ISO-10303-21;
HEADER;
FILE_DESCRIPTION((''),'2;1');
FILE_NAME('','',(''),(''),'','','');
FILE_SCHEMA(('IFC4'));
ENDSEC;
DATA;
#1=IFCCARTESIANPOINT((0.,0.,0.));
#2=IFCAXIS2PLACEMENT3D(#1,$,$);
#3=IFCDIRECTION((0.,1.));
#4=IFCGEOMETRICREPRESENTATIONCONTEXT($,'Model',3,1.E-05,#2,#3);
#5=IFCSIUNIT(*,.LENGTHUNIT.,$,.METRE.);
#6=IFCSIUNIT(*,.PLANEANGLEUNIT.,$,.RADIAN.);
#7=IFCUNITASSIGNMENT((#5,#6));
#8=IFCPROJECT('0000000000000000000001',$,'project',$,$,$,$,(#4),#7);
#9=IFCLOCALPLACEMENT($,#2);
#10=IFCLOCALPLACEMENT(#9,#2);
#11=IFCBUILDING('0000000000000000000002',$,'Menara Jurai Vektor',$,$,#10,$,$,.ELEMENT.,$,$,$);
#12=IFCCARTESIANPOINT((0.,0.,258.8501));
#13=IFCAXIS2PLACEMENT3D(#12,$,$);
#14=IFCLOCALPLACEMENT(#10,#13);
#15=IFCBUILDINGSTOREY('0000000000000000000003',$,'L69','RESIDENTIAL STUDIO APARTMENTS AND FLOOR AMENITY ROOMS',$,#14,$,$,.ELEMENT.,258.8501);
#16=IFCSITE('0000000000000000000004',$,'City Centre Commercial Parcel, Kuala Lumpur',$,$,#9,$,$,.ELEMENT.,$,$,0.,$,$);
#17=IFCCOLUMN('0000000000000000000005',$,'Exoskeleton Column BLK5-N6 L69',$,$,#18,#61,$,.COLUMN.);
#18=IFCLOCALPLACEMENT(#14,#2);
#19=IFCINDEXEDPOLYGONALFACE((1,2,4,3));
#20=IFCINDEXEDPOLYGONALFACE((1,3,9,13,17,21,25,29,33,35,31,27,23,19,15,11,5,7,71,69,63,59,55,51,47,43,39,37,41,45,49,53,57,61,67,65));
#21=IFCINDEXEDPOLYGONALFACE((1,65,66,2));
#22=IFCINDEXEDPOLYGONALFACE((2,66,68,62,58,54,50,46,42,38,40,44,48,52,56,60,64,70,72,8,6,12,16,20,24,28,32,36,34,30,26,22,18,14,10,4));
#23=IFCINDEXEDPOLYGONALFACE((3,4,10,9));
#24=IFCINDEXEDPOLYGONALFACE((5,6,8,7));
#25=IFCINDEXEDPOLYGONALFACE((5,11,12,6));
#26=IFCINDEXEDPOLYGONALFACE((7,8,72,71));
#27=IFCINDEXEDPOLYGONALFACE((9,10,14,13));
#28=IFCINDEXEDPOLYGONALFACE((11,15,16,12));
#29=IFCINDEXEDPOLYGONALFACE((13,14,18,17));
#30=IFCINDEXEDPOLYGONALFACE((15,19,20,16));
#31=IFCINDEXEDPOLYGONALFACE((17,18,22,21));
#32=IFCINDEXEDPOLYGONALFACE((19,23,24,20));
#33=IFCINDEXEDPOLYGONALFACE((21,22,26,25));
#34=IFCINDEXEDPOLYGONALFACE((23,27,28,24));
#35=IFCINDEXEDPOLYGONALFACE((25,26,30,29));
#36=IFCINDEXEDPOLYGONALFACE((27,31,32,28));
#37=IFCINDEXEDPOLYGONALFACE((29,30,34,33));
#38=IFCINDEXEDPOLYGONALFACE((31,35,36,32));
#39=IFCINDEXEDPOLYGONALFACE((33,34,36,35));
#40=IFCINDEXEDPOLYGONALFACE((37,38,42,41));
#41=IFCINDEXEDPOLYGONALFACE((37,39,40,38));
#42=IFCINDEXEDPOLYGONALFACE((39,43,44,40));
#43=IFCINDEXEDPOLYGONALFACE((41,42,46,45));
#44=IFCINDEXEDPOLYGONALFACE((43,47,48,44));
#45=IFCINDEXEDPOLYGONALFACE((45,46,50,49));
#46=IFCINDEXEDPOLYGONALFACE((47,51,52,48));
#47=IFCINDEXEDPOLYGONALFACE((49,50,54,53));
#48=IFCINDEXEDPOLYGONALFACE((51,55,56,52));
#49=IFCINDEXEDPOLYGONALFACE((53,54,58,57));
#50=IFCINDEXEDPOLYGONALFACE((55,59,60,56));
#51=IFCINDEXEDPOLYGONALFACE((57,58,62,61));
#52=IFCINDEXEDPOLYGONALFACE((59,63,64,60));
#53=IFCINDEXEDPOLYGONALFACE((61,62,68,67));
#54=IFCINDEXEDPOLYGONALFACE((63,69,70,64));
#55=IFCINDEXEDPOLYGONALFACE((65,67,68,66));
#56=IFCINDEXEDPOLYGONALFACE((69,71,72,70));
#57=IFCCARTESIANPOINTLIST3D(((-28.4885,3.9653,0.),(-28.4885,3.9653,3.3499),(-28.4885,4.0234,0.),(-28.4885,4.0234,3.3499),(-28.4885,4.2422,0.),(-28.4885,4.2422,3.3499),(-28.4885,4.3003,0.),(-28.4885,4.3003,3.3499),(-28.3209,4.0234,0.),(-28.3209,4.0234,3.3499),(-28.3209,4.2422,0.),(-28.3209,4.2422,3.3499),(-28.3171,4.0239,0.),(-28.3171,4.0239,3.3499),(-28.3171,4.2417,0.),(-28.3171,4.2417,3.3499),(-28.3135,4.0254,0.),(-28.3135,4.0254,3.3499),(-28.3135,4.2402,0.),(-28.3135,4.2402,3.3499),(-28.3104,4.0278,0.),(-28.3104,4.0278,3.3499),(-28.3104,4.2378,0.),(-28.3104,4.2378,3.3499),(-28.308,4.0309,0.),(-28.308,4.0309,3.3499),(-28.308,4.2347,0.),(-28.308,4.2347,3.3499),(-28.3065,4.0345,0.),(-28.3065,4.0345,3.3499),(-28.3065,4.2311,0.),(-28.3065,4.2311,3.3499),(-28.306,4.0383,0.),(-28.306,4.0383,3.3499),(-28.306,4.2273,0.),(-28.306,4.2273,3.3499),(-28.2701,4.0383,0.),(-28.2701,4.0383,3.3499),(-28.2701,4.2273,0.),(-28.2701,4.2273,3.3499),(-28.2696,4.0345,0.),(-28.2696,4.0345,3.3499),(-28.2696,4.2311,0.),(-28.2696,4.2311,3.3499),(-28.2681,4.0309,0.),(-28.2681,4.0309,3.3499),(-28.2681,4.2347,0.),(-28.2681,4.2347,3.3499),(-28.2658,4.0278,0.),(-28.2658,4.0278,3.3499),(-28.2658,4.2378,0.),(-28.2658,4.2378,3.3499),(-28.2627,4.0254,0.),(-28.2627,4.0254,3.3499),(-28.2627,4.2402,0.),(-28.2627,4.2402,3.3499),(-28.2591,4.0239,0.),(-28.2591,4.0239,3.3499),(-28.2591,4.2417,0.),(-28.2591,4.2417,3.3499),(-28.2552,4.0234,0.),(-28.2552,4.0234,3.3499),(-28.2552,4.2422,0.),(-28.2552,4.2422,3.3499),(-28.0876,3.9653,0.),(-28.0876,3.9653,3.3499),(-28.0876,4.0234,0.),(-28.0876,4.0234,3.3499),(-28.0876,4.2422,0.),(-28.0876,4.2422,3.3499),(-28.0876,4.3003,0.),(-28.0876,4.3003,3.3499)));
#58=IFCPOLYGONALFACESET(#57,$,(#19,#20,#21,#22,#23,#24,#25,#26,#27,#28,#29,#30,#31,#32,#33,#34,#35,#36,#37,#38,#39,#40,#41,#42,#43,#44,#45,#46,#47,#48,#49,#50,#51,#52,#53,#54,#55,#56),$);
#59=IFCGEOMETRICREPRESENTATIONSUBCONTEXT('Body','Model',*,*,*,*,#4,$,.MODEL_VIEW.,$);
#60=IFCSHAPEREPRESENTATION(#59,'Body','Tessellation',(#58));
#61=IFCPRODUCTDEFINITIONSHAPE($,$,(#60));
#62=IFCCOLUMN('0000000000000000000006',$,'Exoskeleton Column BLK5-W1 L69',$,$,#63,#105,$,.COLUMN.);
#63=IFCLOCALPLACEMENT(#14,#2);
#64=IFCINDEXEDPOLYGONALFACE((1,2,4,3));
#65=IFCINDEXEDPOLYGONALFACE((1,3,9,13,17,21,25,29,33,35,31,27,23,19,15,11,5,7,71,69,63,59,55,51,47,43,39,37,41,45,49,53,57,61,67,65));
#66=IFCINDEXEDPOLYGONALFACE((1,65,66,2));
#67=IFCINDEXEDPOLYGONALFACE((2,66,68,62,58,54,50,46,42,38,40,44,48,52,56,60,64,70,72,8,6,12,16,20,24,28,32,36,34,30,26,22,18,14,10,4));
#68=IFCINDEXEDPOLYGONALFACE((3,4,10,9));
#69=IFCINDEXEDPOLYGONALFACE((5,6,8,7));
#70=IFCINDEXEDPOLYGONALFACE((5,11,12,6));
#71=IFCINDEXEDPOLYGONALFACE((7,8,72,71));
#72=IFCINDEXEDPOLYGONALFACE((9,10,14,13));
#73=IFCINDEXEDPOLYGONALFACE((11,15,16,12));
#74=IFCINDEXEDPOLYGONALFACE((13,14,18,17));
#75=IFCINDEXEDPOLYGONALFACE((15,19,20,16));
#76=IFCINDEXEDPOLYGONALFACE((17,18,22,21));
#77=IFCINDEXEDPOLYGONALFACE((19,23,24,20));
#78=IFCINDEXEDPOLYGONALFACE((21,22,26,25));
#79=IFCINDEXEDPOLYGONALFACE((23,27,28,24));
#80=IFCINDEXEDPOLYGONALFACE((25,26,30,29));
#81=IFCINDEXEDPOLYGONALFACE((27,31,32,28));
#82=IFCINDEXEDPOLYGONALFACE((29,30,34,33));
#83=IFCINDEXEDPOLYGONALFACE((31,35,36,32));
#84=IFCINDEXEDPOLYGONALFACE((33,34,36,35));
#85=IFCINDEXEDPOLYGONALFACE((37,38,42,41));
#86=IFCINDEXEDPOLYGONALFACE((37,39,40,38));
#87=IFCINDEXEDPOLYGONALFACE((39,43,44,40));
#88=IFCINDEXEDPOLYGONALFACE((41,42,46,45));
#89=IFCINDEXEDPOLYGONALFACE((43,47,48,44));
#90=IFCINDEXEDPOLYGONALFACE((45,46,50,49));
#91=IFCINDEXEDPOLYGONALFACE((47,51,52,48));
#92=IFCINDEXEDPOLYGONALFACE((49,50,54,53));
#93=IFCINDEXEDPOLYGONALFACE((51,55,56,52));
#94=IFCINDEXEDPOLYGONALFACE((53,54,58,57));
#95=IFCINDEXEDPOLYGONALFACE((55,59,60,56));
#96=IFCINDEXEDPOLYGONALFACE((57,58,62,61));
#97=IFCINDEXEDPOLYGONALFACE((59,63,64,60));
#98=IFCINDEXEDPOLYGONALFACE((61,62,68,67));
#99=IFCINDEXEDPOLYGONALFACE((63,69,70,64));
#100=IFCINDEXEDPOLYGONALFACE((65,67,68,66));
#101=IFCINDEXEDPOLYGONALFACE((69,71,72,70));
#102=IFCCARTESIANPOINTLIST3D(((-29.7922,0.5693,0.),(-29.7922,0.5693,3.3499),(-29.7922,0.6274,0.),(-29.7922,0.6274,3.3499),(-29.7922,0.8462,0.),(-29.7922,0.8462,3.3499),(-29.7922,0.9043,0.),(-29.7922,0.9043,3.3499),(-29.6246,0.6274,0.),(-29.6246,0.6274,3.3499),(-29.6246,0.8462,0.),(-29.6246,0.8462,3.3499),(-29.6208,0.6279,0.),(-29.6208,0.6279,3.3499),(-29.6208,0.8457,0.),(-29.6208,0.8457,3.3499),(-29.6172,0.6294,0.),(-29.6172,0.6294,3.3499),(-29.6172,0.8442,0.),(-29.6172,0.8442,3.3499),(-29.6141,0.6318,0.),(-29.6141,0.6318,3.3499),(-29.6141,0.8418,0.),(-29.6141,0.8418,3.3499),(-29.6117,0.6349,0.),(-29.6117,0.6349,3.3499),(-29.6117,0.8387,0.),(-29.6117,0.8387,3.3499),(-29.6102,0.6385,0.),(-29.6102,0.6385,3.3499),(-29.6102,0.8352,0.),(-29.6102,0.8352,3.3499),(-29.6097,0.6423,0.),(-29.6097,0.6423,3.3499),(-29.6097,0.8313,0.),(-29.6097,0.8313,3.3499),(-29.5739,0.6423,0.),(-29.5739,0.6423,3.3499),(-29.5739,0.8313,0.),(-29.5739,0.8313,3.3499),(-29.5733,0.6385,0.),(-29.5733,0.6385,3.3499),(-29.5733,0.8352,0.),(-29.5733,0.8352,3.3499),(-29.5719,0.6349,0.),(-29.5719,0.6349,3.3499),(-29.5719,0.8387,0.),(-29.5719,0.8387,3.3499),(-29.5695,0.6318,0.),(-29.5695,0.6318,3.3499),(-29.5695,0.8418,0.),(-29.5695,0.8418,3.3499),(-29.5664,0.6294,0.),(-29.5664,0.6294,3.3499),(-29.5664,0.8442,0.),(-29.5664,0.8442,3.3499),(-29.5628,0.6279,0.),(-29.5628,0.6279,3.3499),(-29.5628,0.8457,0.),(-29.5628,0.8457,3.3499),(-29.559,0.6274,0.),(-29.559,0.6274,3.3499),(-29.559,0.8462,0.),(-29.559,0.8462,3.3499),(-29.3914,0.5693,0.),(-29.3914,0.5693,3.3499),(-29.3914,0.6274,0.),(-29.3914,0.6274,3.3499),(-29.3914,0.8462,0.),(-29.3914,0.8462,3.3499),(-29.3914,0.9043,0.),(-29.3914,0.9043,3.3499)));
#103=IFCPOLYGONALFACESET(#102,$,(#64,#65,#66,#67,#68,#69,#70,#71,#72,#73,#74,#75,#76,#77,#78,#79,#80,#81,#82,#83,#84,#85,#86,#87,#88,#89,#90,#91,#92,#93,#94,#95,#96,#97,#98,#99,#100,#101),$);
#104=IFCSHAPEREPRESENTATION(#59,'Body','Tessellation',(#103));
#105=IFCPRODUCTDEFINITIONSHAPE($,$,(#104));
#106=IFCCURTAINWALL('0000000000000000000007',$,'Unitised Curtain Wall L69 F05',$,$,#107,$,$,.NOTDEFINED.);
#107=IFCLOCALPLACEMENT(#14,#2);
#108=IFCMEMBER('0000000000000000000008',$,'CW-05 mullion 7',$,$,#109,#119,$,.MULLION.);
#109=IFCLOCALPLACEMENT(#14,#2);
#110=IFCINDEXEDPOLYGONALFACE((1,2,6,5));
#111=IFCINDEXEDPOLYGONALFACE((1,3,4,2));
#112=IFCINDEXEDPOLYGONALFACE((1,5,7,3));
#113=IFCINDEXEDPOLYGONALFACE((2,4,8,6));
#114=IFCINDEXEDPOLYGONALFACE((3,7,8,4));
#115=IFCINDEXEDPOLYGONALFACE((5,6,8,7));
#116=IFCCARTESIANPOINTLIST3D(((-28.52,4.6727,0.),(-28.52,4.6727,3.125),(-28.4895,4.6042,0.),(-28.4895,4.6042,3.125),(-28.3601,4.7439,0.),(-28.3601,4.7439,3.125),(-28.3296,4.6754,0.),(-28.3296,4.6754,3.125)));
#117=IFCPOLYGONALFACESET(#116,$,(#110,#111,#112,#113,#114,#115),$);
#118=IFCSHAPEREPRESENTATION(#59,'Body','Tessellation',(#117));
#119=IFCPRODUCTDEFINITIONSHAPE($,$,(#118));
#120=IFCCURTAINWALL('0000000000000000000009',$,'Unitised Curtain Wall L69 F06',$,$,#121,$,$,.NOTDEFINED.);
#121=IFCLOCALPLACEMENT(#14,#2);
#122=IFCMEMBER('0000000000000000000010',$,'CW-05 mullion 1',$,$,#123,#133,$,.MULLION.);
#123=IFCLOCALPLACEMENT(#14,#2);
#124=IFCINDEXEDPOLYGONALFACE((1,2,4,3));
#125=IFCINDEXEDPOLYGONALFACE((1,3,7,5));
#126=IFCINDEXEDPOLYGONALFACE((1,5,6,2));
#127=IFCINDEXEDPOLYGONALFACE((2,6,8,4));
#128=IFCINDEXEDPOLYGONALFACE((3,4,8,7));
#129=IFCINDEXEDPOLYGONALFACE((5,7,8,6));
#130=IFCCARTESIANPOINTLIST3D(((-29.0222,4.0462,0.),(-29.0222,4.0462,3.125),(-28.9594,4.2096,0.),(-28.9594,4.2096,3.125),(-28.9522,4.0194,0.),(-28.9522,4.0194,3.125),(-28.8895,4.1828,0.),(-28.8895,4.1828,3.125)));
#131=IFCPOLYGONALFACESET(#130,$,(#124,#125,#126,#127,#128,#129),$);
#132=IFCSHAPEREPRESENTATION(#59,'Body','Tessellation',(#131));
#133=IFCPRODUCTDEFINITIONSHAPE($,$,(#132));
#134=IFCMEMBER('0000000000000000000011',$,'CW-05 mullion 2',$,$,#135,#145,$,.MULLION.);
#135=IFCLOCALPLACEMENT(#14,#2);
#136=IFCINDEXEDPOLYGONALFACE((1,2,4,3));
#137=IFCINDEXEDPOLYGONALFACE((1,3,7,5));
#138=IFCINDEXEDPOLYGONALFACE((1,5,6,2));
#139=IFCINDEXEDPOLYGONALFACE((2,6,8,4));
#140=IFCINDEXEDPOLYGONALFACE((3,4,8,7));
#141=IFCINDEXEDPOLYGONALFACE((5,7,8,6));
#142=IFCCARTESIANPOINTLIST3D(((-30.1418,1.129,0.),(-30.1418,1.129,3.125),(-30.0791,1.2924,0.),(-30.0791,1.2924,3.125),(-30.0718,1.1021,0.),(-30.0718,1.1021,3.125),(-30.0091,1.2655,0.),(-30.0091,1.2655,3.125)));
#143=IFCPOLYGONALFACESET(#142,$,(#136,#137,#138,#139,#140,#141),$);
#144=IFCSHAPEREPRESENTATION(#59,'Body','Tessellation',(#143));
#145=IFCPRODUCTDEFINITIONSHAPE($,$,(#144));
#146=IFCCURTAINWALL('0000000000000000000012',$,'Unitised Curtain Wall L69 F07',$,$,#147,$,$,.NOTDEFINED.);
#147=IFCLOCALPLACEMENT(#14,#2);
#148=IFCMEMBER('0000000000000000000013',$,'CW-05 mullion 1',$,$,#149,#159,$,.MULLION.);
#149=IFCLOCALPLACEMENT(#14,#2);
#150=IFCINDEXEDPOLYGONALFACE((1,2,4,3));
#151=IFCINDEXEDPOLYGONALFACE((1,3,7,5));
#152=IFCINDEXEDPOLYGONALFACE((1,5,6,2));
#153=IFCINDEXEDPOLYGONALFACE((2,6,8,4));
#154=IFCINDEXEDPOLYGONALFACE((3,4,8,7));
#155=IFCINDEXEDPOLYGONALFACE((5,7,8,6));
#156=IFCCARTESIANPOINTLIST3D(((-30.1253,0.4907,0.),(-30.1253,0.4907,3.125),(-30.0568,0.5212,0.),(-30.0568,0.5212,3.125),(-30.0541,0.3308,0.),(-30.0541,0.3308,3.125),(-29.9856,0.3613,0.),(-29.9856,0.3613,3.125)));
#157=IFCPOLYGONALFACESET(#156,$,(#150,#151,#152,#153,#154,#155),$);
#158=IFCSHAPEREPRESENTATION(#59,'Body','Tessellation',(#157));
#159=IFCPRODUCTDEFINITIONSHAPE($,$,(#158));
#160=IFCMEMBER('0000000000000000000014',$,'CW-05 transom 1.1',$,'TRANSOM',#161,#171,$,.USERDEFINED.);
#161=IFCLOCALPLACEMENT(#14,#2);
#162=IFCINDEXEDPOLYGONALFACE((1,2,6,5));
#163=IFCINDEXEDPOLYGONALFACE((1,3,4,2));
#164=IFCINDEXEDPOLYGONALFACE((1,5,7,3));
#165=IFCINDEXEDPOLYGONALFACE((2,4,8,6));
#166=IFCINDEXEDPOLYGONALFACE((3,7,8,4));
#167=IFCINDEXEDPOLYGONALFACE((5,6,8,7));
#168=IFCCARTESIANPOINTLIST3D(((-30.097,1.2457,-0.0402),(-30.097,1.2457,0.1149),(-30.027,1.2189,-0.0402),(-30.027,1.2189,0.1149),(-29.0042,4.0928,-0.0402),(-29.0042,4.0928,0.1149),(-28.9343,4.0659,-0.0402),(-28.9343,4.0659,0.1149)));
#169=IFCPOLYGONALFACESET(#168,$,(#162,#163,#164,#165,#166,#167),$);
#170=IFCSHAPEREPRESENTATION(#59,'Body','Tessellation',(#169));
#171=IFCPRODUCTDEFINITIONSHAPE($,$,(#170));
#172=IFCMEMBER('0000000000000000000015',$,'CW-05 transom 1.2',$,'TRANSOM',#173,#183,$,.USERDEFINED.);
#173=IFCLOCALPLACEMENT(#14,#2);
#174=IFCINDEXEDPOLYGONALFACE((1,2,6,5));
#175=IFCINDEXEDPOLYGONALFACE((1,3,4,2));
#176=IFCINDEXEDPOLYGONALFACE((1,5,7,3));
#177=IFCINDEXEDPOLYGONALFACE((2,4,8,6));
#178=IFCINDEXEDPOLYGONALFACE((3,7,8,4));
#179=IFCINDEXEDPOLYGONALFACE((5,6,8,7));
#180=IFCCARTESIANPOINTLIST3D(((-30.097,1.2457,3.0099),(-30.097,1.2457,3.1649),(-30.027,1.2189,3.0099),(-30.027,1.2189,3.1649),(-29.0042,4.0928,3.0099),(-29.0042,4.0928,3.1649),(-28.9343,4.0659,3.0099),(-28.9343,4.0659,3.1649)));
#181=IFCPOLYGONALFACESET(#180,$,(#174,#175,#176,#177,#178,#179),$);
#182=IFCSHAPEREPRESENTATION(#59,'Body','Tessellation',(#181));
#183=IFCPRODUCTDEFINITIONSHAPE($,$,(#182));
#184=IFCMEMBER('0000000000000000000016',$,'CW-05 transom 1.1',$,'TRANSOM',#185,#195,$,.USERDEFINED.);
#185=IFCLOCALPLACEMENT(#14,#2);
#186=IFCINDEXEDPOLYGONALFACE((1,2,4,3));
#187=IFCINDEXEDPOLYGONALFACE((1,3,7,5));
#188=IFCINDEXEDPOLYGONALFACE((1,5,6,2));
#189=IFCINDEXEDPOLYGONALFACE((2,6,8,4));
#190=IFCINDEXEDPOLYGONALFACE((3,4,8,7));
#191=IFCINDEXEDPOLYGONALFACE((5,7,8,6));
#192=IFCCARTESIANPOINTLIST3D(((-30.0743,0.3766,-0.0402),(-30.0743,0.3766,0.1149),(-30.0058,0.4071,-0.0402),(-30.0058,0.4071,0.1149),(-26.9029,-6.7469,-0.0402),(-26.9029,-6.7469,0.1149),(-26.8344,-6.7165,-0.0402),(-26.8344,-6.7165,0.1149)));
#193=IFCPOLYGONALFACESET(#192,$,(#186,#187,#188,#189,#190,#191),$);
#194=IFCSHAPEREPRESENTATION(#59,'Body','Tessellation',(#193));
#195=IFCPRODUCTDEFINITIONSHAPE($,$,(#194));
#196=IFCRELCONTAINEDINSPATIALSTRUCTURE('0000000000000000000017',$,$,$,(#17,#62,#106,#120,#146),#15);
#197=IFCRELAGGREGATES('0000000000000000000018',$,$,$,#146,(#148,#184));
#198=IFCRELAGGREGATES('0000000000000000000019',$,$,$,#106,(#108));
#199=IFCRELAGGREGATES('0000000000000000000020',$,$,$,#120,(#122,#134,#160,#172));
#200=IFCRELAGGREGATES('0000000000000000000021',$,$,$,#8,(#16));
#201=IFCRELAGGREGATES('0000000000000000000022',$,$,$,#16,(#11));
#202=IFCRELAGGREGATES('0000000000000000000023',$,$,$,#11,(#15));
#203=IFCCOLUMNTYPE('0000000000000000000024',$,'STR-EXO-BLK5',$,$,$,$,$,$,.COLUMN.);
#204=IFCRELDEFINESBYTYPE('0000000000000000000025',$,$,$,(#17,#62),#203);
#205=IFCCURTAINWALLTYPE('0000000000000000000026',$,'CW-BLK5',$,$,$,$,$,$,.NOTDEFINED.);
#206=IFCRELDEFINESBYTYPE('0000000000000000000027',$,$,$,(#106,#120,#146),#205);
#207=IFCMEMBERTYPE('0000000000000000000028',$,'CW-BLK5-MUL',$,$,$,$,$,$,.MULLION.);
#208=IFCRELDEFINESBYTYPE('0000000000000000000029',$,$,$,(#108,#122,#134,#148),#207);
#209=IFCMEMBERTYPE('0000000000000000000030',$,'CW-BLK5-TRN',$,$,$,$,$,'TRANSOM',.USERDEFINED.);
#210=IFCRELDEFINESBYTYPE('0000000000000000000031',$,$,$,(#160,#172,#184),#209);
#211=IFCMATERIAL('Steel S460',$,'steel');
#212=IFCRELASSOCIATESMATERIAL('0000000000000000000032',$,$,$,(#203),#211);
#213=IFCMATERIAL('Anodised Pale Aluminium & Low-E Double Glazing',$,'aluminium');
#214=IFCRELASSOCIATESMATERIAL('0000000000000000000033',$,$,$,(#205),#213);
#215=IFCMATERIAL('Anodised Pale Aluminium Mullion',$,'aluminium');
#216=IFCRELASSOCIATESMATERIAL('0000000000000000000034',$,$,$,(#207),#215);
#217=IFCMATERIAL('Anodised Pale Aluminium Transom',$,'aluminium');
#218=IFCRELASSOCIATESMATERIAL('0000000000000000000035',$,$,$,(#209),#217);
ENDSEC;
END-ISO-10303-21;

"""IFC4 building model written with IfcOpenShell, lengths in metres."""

from ifc_helpers import new_model, si_unit, direction, frame, origin, origin_2d, place, context, subcontext, project, spatial, rectangle, i_section, extrude, material, material_profile, profile_set, type_object, element, aggregate, save


model = new_model("IFC4")

# Units and contexts
model_context = context("Model", 3, precision=1e-05, world=origin(), true_north=direction((0.0, 1.0)))
body_context = subcontext(model_context, "Body", "Model", "MODEL_VIEW")
ifc_project = project(units=[si_unit("LENGTHUNIT", "METRE"), si_unit("PLANEANGLEUNIT", "RADIAN")], contexts=[model_context])

# Site, building, storey
site_placement = place(None, origin())
site = spatial("IfcSite", under=ifc_project, at=site_placement, Name="City Centre Commercial Parcel, Kuala Lumpur", CompositionType="ELEMENT", RefElevation=0.0)
building_placement = place(site_placement, origin())
building = spatial("IfcBuilding", under=site, at=building_placement, Name="Menara Jurai Vektor", CompositionType="ELEMENT")
storey_placement = place(building_placement, frame((0.0, 0.0, 258.8501)))
storey = spatial("IfcBuildingStorey", under=building, at=storey_placement, Name="L69", Description="RESIDENTIAL STUDIO APARTMENTS AND FLOOR AMENITY ROOMS", CompositionType="ELEMENT", Elevation=258.8501)

# Columns
ifc_material_1 = material(Name="Steel S460", Category="steel")
ifc_material_profile_1 = material_profile(ifc_material_1, i_section(OverallWidth=0.4009, OverallDepth=0.335, WebThickness=0.0359, FlangeThickness=0.0581, FilletRadius=0.0149, at=origin_2d()), Name="HD 400x463")
ifc_profile_set_1 = profile_set([ifc_material_profile_1], Name="Steel S460")
column_type = type_object("IfcColumnType", Name="STR-EXO-BLK5", PredefinedType="COLUMN", material=ifc_profile_set_1)
for number, where, z_axis, x_axis, name in (
    (1, (-28.2881, 4.1328, 0.0), (0.0, 0.0, 1.0), (1.0, 0.0, 0.0), "Exoskeleton Column BLK5-N6 L69"),
    (2, (-29.5918, 0.7368, 0.0), (0.0, 0.0, 1.0), (1.0, 0.0, 0.0), "Exoskeleton Column BLK5-W1 L69"),
):
    element("IfcColumn", number, at=place(storey_placement, frame(where, z_axis=z_axis, x_axis=x_axis)), inside=storey, type_object=column_type, Name=name, PredefinedType="COLUMN", context=body_context, shape_type="SweptSolid", body=[
        extrude(i_section(OverallWidth=0.4009, OverallDepth=0.335, WebThickness=0.0359, FlangeThickness=0.0581, FilletRadius=0.0149, at=origin_2d()), origin(), (0.0, 0.0, 1.0), 3.3499),
    ])

# Curtain wall, member
ifc_material_2 = material(Name="Anodised Pale Aluminium & Low-E Double Glazing", Category="aluminium")
curtain_wall_type = type_object("IfcCurtainWallType", Name="CW-BLK5", PredefinedType="NOTDEFINED", material=ifc_material_2)
curtain_wall_1_placement = place(storey_placement, origin())
curtain_wall_1 = element("IfcCurtainWall", 3, at=curtain_wall_1_placement, inside=storey, type_object=curtain_wall_type, Name="Unitised Curtain Wall L69 F05", PredefinedType="NOTDEFINED")
ifc_material_3 = material(Name="Anodised Pale Aluminium Mullion", Category="aluminium")
ifc_material_profile_2 = material_profile(ifc_material_3, rectangle(XDim=0.075, YDim=0.175, at=origin_2d()), Name="ALU MUL 75x175")
ifc_profile_set_2 = profile_set([ifc_material_profile_2], Name="Anodised Pale Aluminium Mullion")
member_type_1 = type_object("IfcMemberType", Name="CW-BLK5-MUL", PredefinedType="MULLION", material=ifc_profile_set_2)
member_1_placement = place(storey_placement, frame((-28.4248, 4.6741, 0.0), z_axis=(0.0, 0.0, 1.0), x_axis=(0.406735, -0.913546, 0.0)))
member_1 = element("IfcMember", 4, at=member_1_placement, type_object=member_type_1, Name="CW-05 mullion 7", PredefinedType="MULLION", context=body_context, shape_type="SweptSolid", body=[
    extrude(rectangle(XDim=0.075, YDim=0.175, at=origin_2d()), origin(), (0.0, 0.0, 1.0), 3.125),
])

# Curtain wall, members
curtain_wall_2_placement = place(storey_placement, origin())
curtain_wall_2 = element("IfcCurtainWall", 5, at=curtain_wall_2_placement, inside=storey, type_object=curtain_wall_type, Name="Unitised Curtain Wall L69 F06", PredefinedType="NOTDEFINED")
member_2_placement = place(storey_placement, frame((-28.9558, 4.1145, 0.0), z_axis=(0.0, 0.0, 1.0), x_axis=(0.933578, -0.358374, 0.0)))
member_2 = element("IfcMember", 6, at=member_2_placement, type_object=member_type_1, Name="CW-05 mullion 1", PredefinedType="MULLION", context=body_context, shape_type="SweptSolid", body=[
    extrude(rectangle(XDim=0.075, YDim=0.175, at=origin_2d()), origin(), (0.0, 0.0, 1.0), 3.125),
])
member_3_placement = place(storey_placement, frame((-30.0754, 1.1973, 0.0), z_axis=(0.0, 0.0, 1.0), x_axis=(0.933578, -0.358374, 0.0)))
member_3 = element("IfcMember", 7, at=member_3_placement, type_object=member_type_1, Name="CW-05 mullion 2", PredefinedType="MULLION", context=body_context, shape_type="SweptSolid", body=[
    extrude(rectangle(XDim=0.075, YDim=0.175, at=origin_2d()), origin(), (0.0, 0.0, 1.0), 3.125),
])

# Curtain wall, member
curtain_wall_3_placement = place(storey_placement, origin())
curtain_wall_3 = element("IfcCurtainWall", 8, at=curtain_wall_3_placement, inside=storey, type_object=curtain_wall_type, Name="Unitised Curtain Wall L69 F07", PredefinedType="NOTDEFINED")
member_4_placement = place(storey_placement, frame((-30.0554, 0.426, 0.0), z_axis=(0.0, 0.0, 1.0), x_axis=(0.913546, 0.406735, 0.0)))
member_4 = element("IfcMember", 9, at=member_4_placement, type_object=member_type_1, Name="CW-05 mullion 1", PredefinedType="MULLION", context=body_context, shape_type="SweptSolid", body=[
    extrude(rectangle(XDim=0.075, YDim=0.175, at=origin_2d()), origin(), (0.0, 0.0, 1.0), 3.125),
])

# Members
ifc_material_4 = material(Name="Anodised Pale Aluminium Transom", Category="aluminium")
ifc_material_profile_3 = material_profile(ifc_material_4, rectangle(XDim=0.075, YDim=0.155, at=origin_2d()), Name="ALU TRN 75x155")
ifc_profile_set_3 = profile_set([ifc_material_profile_3], Name="Anodised Pale Aluminium Transom")
member_type_2 = type_object("IfcMemberType", Name="CW-BLK5-TRN", ElementType="TRANSOM", PredefinedType="USERDEFINED", material=ifc_profile_set_3)
member_5_placement = place(storey_placement, frame((-28.9692, 4.0793, 0.0374), z_axis=(-0.358325, -0.933597, 0.0), x_axis=(0.933597, -0.358325, 0.0)))
member_5 = element("IfcMember", 10, at=member_5_placement, type_object=member_type_2, Name="CW-05 transom 1.1", ObjectType="TRANSOM", PredefinedType="USERDEFINED", context=body_context, shape_type="SweptSolid", body=[
    extrude(rectangle(XDim=0.075, YDim=0.155, at=origin_2d()), origin(), (0.0, 0.0, 1.0), 3.0496),
])
member_6_placement = place(storey_placement, frame((-28.9692, 4.0793, 3.0874), z_axis=(-0.358325, -0.933597, 0.0), x_axis=(0.933597, -0.358325, 0.0)))
member_6 = element("IfcMember", 11, at=member_6_placement, type_object=member_type_2, Name="CW-05 transom 1.2", ObjectType="TRANSOM", PredefinedType="USERDEFINED", context=body_context, shape_type="SweptSolid", body=[
    extrude(rectangle(XDim=0.075, YDim=0.155, at=origin_2d()), origin(), (0.0, 0.0, 1.0), 3.0496),
])
member_7_placement = place(storey_placement, frame((-30.04, 0.3918, 0.0374), z_axis=(0.406714, -0.913556, 0.0), x_axis=(0.913556, 0.406714, 0.0)))
member_7 = element("IfcMember", 12, at=member_7_placement, type_object=member_type_2, Name="CW-05 transom 1.1", ObjectType="TRANSOM", PredefinedType="USERDEFINED", context=body_context, shape_type="SweptSolid", body=[
    extrude(rectangle(XDim=0.075, YDim=0.155, at=origin_2d()), origin(), (0.0, 0.0, 1.0), 7.7976),
])
aggregate(curtain_wall_3, [member_4, member_7])

aggregate(curtain_wall_1, [member_1])
aggregate(curtain_wall_2, [member_2, member_3, member_5, member_6])

save(model, "model.ifc")
